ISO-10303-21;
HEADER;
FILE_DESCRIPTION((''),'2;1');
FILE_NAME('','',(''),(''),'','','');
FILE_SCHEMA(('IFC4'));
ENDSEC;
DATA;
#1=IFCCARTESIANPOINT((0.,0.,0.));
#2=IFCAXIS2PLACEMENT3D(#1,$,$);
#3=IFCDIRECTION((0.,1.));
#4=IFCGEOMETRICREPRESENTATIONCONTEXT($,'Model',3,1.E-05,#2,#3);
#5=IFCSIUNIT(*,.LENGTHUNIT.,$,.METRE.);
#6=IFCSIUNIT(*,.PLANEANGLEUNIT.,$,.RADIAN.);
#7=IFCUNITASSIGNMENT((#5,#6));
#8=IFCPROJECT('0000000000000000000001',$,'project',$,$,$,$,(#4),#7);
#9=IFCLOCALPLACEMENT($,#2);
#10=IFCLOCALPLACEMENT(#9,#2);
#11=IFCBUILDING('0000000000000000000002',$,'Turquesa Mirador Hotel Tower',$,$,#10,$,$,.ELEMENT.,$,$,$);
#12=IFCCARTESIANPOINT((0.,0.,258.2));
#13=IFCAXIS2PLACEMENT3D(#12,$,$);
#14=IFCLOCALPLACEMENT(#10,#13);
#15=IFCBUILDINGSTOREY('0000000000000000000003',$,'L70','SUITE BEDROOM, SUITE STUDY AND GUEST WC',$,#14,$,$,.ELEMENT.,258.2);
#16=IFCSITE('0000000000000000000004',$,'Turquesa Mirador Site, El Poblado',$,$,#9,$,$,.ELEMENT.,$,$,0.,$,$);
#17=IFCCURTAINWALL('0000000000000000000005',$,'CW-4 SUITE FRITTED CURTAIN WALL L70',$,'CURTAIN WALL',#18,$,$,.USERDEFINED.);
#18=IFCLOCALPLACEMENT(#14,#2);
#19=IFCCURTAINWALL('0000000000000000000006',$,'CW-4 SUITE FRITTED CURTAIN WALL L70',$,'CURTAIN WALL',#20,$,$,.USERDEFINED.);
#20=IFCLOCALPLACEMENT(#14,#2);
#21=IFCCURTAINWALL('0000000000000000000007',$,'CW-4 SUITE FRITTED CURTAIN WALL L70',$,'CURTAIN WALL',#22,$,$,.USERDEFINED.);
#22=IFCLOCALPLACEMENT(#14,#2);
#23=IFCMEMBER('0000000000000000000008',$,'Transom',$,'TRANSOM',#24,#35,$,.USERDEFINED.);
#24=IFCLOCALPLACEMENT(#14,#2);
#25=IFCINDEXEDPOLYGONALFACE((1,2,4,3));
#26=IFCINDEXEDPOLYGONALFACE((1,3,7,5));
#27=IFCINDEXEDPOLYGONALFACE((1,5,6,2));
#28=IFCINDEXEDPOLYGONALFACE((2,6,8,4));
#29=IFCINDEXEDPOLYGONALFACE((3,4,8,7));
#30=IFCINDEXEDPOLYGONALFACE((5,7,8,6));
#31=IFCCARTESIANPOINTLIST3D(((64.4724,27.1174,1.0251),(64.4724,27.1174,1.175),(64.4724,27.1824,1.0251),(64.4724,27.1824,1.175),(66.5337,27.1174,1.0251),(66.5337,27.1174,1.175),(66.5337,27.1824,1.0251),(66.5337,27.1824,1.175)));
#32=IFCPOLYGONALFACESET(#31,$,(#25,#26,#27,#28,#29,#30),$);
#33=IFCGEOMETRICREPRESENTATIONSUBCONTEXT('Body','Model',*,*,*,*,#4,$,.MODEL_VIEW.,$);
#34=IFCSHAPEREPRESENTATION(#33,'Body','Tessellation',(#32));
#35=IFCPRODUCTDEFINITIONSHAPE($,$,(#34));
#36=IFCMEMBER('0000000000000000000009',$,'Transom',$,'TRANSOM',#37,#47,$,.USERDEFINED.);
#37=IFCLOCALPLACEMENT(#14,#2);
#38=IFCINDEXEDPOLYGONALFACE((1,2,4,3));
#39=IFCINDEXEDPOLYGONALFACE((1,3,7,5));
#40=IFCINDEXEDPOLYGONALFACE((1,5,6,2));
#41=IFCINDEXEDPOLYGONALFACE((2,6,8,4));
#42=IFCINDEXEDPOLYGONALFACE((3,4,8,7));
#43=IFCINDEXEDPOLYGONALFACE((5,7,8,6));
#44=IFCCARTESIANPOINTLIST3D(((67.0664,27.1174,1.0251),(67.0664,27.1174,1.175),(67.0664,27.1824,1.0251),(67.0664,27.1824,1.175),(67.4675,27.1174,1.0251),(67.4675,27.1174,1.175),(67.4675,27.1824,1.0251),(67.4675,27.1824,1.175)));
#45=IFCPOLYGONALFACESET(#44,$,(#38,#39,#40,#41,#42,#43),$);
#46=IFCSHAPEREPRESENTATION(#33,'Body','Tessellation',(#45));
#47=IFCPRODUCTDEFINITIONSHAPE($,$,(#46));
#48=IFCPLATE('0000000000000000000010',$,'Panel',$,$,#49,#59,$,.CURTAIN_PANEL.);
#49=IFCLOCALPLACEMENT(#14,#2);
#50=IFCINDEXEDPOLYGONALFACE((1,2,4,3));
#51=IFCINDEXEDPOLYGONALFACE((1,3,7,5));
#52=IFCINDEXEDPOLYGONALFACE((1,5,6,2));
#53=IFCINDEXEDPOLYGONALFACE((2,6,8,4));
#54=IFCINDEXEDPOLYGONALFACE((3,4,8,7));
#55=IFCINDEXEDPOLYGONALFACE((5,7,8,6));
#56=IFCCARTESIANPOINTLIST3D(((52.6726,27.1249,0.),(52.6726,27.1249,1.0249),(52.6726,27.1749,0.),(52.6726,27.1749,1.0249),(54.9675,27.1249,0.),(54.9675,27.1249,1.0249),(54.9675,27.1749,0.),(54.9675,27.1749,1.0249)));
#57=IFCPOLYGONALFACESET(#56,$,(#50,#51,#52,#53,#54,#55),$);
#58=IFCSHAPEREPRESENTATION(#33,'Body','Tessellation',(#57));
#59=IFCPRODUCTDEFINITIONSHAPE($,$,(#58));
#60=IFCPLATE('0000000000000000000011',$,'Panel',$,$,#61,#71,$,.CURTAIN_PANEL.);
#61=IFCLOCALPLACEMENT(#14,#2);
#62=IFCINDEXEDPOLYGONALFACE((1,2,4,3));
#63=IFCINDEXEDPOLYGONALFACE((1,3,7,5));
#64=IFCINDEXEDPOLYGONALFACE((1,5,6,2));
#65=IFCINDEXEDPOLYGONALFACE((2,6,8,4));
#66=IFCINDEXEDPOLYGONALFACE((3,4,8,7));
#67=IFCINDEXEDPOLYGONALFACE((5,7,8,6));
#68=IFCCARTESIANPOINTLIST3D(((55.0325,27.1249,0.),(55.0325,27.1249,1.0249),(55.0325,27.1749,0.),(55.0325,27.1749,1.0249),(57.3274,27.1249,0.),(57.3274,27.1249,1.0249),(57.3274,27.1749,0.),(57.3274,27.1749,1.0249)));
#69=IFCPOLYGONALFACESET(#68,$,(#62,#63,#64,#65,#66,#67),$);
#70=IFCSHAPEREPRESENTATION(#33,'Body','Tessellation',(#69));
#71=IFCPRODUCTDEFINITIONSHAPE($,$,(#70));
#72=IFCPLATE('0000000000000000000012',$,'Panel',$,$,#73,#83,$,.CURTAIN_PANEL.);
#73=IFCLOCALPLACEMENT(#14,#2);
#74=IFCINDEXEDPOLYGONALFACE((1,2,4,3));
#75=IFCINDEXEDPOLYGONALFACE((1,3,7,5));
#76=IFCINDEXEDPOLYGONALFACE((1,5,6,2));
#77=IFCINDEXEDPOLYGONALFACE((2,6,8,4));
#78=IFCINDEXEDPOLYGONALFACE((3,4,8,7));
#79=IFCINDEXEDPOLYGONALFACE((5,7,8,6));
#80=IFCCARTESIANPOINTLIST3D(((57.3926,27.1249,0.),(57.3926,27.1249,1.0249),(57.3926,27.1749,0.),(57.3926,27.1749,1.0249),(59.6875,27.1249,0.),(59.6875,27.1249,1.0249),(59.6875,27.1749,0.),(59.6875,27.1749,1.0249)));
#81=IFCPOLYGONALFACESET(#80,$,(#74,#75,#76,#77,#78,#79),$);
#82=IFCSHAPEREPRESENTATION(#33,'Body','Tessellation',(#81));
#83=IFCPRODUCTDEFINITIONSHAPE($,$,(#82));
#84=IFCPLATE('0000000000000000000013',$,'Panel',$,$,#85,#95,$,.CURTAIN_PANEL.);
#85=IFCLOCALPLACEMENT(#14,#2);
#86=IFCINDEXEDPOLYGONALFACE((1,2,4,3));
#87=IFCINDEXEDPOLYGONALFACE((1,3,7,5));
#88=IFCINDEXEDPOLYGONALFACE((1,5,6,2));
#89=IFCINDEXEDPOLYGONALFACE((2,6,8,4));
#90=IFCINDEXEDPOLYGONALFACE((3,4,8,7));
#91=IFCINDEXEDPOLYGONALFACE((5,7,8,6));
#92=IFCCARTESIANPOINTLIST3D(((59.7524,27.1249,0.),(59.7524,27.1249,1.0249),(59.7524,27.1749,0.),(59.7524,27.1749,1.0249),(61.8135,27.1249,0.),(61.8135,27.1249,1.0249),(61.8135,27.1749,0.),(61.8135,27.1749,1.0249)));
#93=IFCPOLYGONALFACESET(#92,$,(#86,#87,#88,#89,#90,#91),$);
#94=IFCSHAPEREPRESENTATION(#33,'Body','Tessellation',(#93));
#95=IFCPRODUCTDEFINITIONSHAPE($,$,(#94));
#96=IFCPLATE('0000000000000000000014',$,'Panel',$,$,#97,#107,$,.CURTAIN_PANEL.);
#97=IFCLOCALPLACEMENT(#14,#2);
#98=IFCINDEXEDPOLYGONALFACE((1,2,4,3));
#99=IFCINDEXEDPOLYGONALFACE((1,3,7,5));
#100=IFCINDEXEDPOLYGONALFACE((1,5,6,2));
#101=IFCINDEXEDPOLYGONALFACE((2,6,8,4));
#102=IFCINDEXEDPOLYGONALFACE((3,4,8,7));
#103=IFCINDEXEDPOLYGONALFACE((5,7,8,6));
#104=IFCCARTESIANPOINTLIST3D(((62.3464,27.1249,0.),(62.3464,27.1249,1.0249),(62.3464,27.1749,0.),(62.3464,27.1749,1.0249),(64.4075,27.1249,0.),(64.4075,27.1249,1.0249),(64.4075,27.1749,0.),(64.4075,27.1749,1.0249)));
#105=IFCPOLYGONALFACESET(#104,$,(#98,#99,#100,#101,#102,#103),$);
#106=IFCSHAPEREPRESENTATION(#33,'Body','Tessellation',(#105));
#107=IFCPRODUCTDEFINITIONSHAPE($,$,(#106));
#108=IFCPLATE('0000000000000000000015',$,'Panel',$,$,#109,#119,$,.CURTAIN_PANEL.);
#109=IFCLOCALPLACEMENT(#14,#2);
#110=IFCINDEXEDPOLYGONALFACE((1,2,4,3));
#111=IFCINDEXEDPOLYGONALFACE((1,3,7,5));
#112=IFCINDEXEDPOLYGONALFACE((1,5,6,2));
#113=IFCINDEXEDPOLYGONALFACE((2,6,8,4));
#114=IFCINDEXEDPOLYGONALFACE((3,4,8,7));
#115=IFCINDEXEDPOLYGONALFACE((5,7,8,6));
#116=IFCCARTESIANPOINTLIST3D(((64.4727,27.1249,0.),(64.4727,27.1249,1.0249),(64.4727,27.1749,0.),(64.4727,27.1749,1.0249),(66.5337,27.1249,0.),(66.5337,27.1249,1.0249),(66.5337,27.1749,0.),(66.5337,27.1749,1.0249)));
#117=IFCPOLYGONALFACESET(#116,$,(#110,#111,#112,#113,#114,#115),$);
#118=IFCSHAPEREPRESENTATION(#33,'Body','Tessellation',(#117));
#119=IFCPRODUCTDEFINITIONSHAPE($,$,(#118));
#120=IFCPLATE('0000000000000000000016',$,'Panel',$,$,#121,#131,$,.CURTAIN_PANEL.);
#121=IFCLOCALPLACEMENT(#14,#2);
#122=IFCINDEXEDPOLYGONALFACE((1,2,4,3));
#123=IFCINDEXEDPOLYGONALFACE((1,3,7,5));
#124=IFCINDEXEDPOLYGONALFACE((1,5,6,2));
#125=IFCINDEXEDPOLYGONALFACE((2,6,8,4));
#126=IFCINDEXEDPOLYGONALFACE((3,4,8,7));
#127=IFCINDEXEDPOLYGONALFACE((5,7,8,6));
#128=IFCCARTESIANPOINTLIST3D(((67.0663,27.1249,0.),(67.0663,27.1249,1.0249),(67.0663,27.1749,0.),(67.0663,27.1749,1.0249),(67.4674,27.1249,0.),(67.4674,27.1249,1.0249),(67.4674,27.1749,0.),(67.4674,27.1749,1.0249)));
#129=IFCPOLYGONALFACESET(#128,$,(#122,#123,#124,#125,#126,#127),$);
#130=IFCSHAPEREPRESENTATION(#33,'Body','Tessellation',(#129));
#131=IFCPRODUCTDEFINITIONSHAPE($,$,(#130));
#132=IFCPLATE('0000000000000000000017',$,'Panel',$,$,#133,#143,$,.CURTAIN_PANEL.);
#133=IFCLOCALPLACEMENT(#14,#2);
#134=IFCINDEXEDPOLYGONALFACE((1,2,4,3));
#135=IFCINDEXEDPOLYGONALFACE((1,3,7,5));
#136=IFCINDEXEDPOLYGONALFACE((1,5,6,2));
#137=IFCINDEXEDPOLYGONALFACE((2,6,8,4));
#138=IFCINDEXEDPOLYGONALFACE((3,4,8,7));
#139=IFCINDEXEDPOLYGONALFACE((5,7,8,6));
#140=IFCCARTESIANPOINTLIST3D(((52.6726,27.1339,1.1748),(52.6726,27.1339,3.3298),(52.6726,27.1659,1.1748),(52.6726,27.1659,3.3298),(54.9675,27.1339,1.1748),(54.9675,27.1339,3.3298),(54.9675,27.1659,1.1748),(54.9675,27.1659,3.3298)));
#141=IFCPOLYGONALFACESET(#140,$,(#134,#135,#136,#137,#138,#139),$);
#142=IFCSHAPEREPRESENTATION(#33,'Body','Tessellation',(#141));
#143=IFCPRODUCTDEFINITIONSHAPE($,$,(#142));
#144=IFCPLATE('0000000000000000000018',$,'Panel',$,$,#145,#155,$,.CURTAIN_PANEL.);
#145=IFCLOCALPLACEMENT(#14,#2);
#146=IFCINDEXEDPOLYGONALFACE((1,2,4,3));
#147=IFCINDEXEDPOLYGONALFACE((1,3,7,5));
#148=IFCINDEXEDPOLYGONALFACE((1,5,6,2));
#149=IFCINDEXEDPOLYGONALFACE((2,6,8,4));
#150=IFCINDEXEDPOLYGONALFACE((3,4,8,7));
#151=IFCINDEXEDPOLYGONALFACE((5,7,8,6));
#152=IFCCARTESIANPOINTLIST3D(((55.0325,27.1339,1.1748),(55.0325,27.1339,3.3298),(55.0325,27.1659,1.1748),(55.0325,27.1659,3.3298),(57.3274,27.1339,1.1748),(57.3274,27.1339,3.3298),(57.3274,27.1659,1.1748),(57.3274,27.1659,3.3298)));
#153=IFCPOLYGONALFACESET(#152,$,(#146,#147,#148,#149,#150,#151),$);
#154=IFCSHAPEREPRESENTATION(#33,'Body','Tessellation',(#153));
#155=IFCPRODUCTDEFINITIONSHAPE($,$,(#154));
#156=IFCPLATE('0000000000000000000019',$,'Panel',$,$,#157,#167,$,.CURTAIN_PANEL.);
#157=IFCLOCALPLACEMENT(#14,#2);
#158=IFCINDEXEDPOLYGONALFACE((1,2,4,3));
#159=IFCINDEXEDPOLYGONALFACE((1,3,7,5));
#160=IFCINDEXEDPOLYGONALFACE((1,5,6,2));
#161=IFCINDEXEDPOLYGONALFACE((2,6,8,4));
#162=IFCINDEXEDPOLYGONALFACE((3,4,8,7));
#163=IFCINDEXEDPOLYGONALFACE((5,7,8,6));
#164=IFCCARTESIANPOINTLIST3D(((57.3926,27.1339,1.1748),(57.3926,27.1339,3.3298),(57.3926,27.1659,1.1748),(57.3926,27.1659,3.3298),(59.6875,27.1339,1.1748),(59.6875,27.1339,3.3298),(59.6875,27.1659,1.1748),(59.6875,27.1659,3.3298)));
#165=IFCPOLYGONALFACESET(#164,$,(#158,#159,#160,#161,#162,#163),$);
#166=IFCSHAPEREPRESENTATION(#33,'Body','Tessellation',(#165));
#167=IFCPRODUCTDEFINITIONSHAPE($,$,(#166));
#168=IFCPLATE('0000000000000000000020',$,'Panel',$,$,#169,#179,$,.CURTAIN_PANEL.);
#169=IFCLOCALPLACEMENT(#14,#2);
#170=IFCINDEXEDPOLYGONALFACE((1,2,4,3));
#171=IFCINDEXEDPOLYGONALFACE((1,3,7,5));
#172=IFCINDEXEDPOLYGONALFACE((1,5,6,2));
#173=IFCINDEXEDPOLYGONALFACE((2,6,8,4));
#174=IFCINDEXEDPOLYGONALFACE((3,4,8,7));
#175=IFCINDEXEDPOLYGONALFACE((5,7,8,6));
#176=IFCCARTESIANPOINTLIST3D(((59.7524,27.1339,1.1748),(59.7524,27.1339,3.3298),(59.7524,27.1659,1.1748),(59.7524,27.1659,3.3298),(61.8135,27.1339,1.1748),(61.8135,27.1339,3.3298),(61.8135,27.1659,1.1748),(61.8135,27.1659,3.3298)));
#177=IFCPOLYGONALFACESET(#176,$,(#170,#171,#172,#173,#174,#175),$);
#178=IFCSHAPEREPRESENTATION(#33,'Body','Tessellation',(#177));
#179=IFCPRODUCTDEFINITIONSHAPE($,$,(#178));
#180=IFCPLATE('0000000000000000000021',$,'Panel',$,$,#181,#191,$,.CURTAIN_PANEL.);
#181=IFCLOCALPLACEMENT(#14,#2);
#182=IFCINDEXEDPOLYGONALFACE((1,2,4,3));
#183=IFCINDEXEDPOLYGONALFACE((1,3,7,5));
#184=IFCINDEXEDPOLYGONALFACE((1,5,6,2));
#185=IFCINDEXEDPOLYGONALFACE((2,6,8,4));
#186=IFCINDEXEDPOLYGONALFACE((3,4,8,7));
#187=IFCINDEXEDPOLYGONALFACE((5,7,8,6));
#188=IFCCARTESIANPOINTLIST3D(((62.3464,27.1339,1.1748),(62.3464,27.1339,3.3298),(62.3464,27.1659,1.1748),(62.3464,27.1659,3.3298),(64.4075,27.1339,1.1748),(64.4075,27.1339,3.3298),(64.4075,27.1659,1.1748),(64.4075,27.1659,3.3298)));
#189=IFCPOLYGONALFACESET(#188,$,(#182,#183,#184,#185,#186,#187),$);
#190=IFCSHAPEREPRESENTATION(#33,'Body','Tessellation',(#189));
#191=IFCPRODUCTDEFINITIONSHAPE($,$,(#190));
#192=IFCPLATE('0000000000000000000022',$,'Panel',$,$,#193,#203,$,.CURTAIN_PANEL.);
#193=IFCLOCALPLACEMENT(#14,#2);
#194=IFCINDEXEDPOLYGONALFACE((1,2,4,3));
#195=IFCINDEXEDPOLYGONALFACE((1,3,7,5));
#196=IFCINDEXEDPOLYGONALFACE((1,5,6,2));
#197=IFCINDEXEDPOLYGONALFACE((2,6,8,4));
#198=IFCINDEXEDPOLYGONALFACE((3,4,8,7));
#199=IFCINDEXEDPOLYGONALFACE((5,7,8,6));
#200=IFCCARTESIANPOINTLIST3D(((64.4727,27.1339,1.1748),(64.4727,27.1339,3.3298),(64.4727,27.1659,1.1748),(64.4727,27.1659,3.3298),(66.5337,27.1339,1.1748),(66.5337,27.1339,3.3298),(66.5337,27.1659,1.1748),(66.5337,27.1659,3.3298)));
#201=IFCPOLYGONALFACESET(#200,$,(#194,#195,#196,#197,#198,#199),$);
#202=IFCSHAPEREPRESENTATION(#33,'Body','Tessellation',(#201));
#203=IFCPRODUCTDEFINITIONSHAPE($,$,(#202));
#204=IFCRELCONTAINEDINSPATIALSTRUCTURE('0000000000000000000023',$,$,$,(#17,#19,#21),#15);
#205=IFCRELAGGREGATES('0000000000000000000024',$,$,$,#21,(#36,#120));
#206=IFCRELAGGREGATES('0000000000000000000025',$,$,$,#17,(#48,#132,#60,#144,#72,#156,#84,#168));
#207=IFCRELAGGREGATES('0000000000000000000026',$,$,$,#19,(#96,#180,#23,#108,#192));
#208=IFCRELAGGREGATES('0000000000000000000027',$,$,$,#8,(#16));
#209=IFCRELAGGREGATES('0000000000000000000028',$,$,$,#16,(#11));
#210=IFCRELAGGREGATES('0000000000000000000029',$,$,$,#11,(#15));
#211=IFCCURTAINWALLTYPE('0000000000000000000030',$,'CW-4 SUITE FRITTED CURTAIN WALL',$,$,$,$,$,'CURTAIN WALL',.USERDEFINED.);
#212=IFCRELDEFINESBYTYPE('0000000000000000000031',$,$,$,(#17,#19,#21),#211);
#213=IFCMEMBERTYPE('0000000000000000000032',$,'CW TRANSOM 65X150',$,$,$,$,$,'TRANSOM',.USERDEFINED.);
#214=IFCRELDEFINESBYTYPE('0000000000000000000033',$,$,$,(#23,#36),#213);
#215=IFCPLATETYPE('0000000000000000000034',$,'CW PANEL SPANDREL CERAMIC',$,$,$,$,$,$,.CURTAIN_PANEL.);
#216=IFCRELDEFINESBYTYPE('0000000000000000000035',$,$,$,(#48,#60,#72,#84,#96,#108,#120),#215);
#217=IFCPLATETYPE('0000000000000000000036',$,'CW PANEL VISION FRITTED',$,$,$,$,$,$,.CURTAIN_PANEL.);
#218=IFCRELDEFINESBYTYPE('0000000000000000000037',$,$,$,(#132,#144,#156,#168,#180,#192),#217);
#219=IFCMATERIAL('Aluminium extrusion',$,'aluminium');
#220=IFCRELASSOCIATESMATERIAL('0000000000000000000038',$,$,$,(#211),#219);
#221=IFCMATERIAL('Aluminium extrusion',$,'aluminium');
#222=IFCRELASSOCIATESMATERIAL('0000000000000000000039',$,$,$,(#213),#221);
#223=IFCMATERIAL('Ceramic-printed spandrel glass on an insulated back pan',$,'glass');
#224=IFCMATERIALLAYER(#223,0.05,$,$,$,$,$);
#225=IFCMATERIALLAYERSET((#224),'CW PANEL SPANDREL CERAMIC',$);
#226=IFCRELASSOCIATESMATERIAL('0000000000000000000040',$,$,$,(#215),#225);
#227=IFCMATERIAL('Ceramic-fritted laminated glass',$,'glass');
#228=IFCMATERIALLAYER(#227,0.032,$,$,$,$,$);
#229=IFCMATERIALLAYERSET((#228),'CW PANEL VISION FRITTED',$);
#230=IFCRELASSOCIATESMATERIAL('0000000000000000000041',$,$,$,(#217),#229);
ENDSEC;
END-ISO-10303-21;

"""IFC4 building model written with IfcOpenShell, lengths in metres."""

from ifc_helpers import new_model, si_unit, direction, frame, origin, origin_2d, place, context, subcontext, project, spatial, rectangle, extrude, material, layer, layer_set, material_profile, profile_set, type_object, element, aggregate, save


model = new_model("IFC4")

# Units and contexts
model_context = context("Model", 3, precision=1e-05, world=origin(), true_north=direction((0.0, 1.0)))
body_context = subcontext(model_context, "Body", "Model", "MODEL_VIEW")
ifc_project = project(units=[si_unit("LENGTHUNIT", "METRE"), si_unit("PLANEANGLEUNIT", "RADIAN")], contexts=[model_context])

# Site, building, storey
site_placement = place(None, origin())
site = spatial("IfcSite", under=ifc_project, at=site_placement, Name="Turquesa Mirador Site, El Poblado", CompositionType="ELEMENT", RefElevation=0.0)
building_placement = place(site_placement, origin())
building = spatial("IfcBuilding", under=site, at=building_placement, Name="Turquesa Mirador Hotel Tower", CompositionType="ELEMENT")
storey_placement = place(building_placement, frame((0.0, 0.0, 258.2)))
storey = spatial("IfcBuildingStorey", under=building, at=storey_placement, Name="L70", Description="SUITE BEDROOM, SUITE STUDY AND GUEST WC", CompositionType="ELEMENT", Elevation=258.2)

# Curtain walls
ifc_material_1 = material(Name="Aluminium extrusion", Category="aluminium")
curtain_wall_type = type_object("IfcCurtainWallType", Name="CW-4 SUITE FRITTED CURTAIN WALL", ElementType="CURTAIN WALL", PredefinedType="USERDEFINED", material=ifc_material_1)
curtain_wall_1_placement = place(storey_placement, origin())
curtain_wall_1 = element("IfcCurtainWall", 1, at=curtain_wall_1_placement, inside=storey, type_object=curtain_wall_type, Name="CW-4 SUITE FRITTED CURTAIN WALL L70", ObjectType="CURTAIN WALL", PredefinedType="USERDEFINED")
curtain_wall_2_placement = place(storey_placement, origin())
curtain_wall_2 = element("IfcCurtainWall", 2, at=curtain_wall_2_placement, inside=storey, type_object=curtain_wall_type, Name="CW-4 SUITE FRITTED CURTAIN WALL L70", ObjectType="CURTAIN WALL", PredefinedType="USERDEFINED")

# Curtain wall
curtain_wall_3_placement = place(storey_placement, origin())
curtain_wall_3 = element("IfcCurtainWall", 3, at=curtain_wall_3_placement, inside=storey, type_object=curtain_wall_type, Name="CW-4 SUITE FRITTED CURTAIN WALL L70", ObjectType="CURTAIN WALL", PredefinedType="USERDEFINED")

# Members
ifc_material_2 = material(Name="Aluminium extrusion", Category="aluminium")
ifc_material_profile_1 = material_profile(ifc_material_2, rectangle(XDim=0.0649, YDim=0.1499, at=origin_2d()), Name="TRANSOM 65X150")
ifc_profile_set_1 = profile_set([ifc_material_profile_1], Name="Aluminium extrusion")
member_type_1 = type_object("IfcMemberType", Name="CW TRANSOM 65X150", ElementType="TRANSOM", PredefinedType="USERDEFINED", material=ifc_profile_set_1)
member_1_placement = place(storey_placement, frame((64.4724, 27.1499, 1.1001), z_axis=(1.0, 0.0, 0.0), x_axis=(0.0, 1.0, 0.0)))
member_1 = element("IfcMember", 4, at=member_1_placement, type_object=member_type_1, Name="Transom", ObjectType="TRANSOM", PredefinedType="USERDEFINED", context=body_context, shape_type="SweptSolid", body=[
    extrude(rectangle(XDim=0.0649, YDim=0.1499, at=origin_2d()), origin(), (0.0, 0.0, 1.0), 2.0613),
])
member_2_placement = place(storey_placement, frame((67.0664, 27.1499, 1.1001), z_axis=(1.0, 0.0, 0.0), x_axis=(0.0, 1.0, 0.0)))
member_2 = element("IfcMember", 5, at=member_2_placement, type_object=member_type_1, Name="Transom", ObjectType="TRANSOM", PredefinedType="USERDEFINED", context=body_context, shape_type="SweptSolid", body=[
    extrude(rectangle(XDim=0.0649, YDim=0.1499, at=origin_2d()), origin(), (0.0, 0.0, 1.0), 0.4011),
])

# Plates
ifc_material_3 = material(Name="Ceramic-printed spandrel glass on an insulated back pan", Category="glass")
ifc_layer_1 = layer(ifc_material_3, 0.05)
ifc_layer_set_1 = layer_set([ifc_layer_1], Name="CW PANEL SPANDREL CERAMIC")
plate_type_1 = type_object("IfcPlateType", Name="CW PANEL SPANDREL CERAMIC", PredefinedType="CURTAIN_PANEL", material=ifc_layer_set_1)
plate_1_placement = place(storey_placement, frame((53.8201, 27.1499, 0.0), z_axis=(0.0, 0.0, 1.0), x_axis=(1.0, 0.0, 0.0)))
plate_1 = element("IfcPlate", 6, at=plate_1_placement, type_object=plate_type_1, Name="Panel", PredefinedType="CURTAIN_PANEL", context=body_context, shape_type="SweptSolid", body=[
    extrude(rectangle(XDim=2.2949, YDim=0.05, at=origin_2d()), origin(), (0.0, 0.0, 1.0), 1.0249),
])
plate_2_placement = place(storey_placement, frame((56.1799, 27.1499, 0.0), z_axis=(0.0, 0.0, 1.0), x_axis=(1.0, 0.0, 0.0)))
plate_2 = element("IfcPlate", 7, at=plate_2_placement, type_object=plate_type_1, Name="Panel", PredefinedType="CURTAIN_PANEL", context=body_context, shape_type="SweptSolid", body=[
    extrude(rectangle(XDim=2.2949, YDim=0.05, at=origin_2d()), origin(), (0.0, 0.0, 1.0), 1.0249),
])
plate_3_placement = place(storey_placement, frame((58.54, 27.1499, 0.0), z_axis=(0.0, 0.0, 1.0), x_axis=(1.0, 0.0, 0.0)))
plate_3 = element("IfcPlate", 8, at=plate_3_placement, type_object=plate_type_1, Name="Panel", PredefinedType="CURTAIN_PANEL", context=body_context, shape_type="SweptSolid", body=[
    extrude(rectangle(XDim=2.2949, YDim=0.05, at=origin_2d()), origin(), (0.0, 0.0, 1.0), 1.0249),
])
plate_4_placement = place(storey_placement, frame((60.783, 27.1499, 0.0), z_axis=(0.0, 0.0, 1.0), x_axis=(1.0, 0.0, 0.0)))
plate_4 = element("IfcPlate", 9, at=plate_4_placement, type_object=plate_type_1, Name="Panel", PredefinedType="CURTAIN_PANEL", context=body_context, shape_type="SweptSolid", body=[
    extrude(rectangle(XDim=2.061, YDim=0.05, at=origin_2d()), origin(), (0.0, 0.0, 1.0), 1.0249),
])
plate_5_placement = place(storey_placement, frame((63.377, 27.1499, 0.0), z_axis=(0.0, 0.0, 1.0), x_axis=(1.0, 0.0, 0.0)))
plate_5 = element("IfcPlate", 10, at=plate_5_placement, type_object=plate_type_1, Name="Panel", PredefinedType="CURTAIN_PANEL", context=body_context, shape_type="SweptSolid", body=[
    extrude(rectangle(XDim=2.061, YDim=0.05, at=origin_2d()), origin(), (0.0, 0.0, 1.0), 1.0249),
])
plate_6_placement = place(storey_placement, frame((65.5032, 27.1499, 0.0), z_axis=(0.0, 0.0, 1.0), x_axis=(1.0, 0.0, 0.0)))
plate_6 = element("IfcPlate", 11, at=plate_6_placement, type_object=plate_type_1, Name="Panel", PredefinedType="CURTAIN_PANEL", context=body_context, shape_type="SweptSolid", body=[
    extrude(rectangle(XDim=2.061, YDim=0.05, at=origin_2d()), origin(), (0.0, 0.0, 1.0), 1.0249),
])
plate_7_placement = place(storey_placement, frame((67.2668, 27.1499, 0.0), z_axis=(0.0, 0.0, 1.0), x_axis=(1.0, 0.0, 0.0)))
plate_7 = element("IfcPlate", 12, at=plate_7_placement, type_object=plate_type_1, Name="Panel", PredefinedType="CURTAIN_PANEL", context=body_context, shape_type="SweptSolid", body=[
    extrude(rectangle(XDim=0.4011, YDim=0.05, at=origin_2d()), origin(), (0.0, 0.0, 1.0), 1.0249),
])
aggregate(curtain_wall_3, [member_2, plate_7])
ifc_material_4 = material(Name="Ceramic-fritted laminated glass", Category="glass")
ifc_layer_2 = layer(ifc_material_4, 0.032)
ifc_layer_set_2 = layer_set([ifc_layer_2], Name="CW PANEL VISION FRITTED")
plate_type_2 = type_object("IfcPlateType", Name="CW PANEL VISION FRITTED", PredefinedType="CURTAIN_PANEL", material=ifc_layer_set_2)
plate_8_placement = place(storey_placement, frame((53.8201, 27.1499, 1.1748), z_axis=(0.0, 0.0, 1.0), x_axis=(1.0, 0.0, 0.0)))
plate_8 = element("IfcPlate", 13, at=plate_8_placement, type_object=plate_type_2, Name="Panel", PredefinedType="CURTAIN_PANEL", context=body_context, shape_type="SweptSolid", body=[
    extrude(rectangle(XDim=2.2949, YDim=0.032, at=origin_2d()), origin(), (0.0, 0.0, 1.0), 2.155),
])
plate_9_placement = place(storey_placement, frame((56.1799, 27.1499, 1.1748), z_axis=(0.0, 0.0, 1.0), x_axis=(1.0, 0.0, 0.0)))
plate_9 = element("IfcPlate", 14, at=plate_9_placement, type_object=plate_type_2, Name="Panel", PredefinedType="CURTAIN_PANEL", context=body_context, shape_type="SweptSolid", body=[
    extrude(rectangle(XDim=2.2949, YDim=0.032, at=origin_2d()), origin(), (0.0, 0.0, 1.0), 2.155),
])
plate_10_placement = place(storey_placement, frame((58.54, 27.1499, 1.1748), z_axis=(0.0, 0.0, 1.0), x_axis=(1.0, 0.0, 0.0)))
plate_10 = element("IfcPlate", 15, at=plate_10_placement, type_object=plate_type_2, Name="Panel", PredefinedType="CURTAIN_PANEL", context=body_context, shape_type="SweptSolid", body=[
    extrude(rectangle(XDim=2.2949, YDim=0.032, at=origin_2d()), origin(), (0.0, 0.0, 1.0), 2.155),
])
plate_11_placement = place(storey_placement, frame((60.783, 27.1499, 1.1748), z_axis=(0.0, 0.0, 1.0), x_axis=(1.0, 0.0, 0.0)))
plate_11 = element("IfcPlate", 16, at=plate_11_placement, type_object=plate_type_2, Name="Panel", PredefinedType="CURTAIN_PANEL", context=body_context, shape_type="SweptSolid", body=[
    extrude(rectangle(XDim=2.061, YDim=0.032, at=origin_2d()), origin(), (0.0, 0.0, 1.0), 2.155),
])
aggregate(curtain_wall_1, [plate_1, plate_8, plate_2, plate_9, plate_3, plate_10, plate_4, plate_11])
plate_12_placement = place(storey_placement, frame((63.377, 27.1499, 1.1748), z_axis=(0.0, 0.0, 1.0), x_axis=(1.0, 0.0, 0.0)))
plate_12 = element("IfcPlate", 17, at=plate_12_placement, type_object=plate_type_2, Name="Panel", PredefinedType="CURTAIN_PANEL", context=body_context, shape_type="SweptSolid", body=[
    extrude(rectangle(XDim=2.061, YDim=0.032, at=origin_2d()), origin(), (0.0, 0.0, 1.0), 2.155),
])
plate_13_placement = place(storey_placement, frame((65.5032, 27.1499, 1.1748), z_axis=(0.0, 0.0, 1.0), x_axis=(1.0, 0.0, 0.0)))
plate_13 = element("IfcPlate", 18, at=plate_13_placement, type_object=plate_type_2, Name="Panel", PredefinedType="CURTAIN_PANEL", context=body_context, shape_type="SweptSolid", body=[
    extrude(rectangle(XDim=2.061, YDim=0.032, at=origin_2d()), origin(), (0.0, 0.0, 1.0), 2.155),
])
aggregate(curtain_wall_2, [plate_5, plate_12, member_1, plate_6, plate_13])

save(model, "model.ifc")
